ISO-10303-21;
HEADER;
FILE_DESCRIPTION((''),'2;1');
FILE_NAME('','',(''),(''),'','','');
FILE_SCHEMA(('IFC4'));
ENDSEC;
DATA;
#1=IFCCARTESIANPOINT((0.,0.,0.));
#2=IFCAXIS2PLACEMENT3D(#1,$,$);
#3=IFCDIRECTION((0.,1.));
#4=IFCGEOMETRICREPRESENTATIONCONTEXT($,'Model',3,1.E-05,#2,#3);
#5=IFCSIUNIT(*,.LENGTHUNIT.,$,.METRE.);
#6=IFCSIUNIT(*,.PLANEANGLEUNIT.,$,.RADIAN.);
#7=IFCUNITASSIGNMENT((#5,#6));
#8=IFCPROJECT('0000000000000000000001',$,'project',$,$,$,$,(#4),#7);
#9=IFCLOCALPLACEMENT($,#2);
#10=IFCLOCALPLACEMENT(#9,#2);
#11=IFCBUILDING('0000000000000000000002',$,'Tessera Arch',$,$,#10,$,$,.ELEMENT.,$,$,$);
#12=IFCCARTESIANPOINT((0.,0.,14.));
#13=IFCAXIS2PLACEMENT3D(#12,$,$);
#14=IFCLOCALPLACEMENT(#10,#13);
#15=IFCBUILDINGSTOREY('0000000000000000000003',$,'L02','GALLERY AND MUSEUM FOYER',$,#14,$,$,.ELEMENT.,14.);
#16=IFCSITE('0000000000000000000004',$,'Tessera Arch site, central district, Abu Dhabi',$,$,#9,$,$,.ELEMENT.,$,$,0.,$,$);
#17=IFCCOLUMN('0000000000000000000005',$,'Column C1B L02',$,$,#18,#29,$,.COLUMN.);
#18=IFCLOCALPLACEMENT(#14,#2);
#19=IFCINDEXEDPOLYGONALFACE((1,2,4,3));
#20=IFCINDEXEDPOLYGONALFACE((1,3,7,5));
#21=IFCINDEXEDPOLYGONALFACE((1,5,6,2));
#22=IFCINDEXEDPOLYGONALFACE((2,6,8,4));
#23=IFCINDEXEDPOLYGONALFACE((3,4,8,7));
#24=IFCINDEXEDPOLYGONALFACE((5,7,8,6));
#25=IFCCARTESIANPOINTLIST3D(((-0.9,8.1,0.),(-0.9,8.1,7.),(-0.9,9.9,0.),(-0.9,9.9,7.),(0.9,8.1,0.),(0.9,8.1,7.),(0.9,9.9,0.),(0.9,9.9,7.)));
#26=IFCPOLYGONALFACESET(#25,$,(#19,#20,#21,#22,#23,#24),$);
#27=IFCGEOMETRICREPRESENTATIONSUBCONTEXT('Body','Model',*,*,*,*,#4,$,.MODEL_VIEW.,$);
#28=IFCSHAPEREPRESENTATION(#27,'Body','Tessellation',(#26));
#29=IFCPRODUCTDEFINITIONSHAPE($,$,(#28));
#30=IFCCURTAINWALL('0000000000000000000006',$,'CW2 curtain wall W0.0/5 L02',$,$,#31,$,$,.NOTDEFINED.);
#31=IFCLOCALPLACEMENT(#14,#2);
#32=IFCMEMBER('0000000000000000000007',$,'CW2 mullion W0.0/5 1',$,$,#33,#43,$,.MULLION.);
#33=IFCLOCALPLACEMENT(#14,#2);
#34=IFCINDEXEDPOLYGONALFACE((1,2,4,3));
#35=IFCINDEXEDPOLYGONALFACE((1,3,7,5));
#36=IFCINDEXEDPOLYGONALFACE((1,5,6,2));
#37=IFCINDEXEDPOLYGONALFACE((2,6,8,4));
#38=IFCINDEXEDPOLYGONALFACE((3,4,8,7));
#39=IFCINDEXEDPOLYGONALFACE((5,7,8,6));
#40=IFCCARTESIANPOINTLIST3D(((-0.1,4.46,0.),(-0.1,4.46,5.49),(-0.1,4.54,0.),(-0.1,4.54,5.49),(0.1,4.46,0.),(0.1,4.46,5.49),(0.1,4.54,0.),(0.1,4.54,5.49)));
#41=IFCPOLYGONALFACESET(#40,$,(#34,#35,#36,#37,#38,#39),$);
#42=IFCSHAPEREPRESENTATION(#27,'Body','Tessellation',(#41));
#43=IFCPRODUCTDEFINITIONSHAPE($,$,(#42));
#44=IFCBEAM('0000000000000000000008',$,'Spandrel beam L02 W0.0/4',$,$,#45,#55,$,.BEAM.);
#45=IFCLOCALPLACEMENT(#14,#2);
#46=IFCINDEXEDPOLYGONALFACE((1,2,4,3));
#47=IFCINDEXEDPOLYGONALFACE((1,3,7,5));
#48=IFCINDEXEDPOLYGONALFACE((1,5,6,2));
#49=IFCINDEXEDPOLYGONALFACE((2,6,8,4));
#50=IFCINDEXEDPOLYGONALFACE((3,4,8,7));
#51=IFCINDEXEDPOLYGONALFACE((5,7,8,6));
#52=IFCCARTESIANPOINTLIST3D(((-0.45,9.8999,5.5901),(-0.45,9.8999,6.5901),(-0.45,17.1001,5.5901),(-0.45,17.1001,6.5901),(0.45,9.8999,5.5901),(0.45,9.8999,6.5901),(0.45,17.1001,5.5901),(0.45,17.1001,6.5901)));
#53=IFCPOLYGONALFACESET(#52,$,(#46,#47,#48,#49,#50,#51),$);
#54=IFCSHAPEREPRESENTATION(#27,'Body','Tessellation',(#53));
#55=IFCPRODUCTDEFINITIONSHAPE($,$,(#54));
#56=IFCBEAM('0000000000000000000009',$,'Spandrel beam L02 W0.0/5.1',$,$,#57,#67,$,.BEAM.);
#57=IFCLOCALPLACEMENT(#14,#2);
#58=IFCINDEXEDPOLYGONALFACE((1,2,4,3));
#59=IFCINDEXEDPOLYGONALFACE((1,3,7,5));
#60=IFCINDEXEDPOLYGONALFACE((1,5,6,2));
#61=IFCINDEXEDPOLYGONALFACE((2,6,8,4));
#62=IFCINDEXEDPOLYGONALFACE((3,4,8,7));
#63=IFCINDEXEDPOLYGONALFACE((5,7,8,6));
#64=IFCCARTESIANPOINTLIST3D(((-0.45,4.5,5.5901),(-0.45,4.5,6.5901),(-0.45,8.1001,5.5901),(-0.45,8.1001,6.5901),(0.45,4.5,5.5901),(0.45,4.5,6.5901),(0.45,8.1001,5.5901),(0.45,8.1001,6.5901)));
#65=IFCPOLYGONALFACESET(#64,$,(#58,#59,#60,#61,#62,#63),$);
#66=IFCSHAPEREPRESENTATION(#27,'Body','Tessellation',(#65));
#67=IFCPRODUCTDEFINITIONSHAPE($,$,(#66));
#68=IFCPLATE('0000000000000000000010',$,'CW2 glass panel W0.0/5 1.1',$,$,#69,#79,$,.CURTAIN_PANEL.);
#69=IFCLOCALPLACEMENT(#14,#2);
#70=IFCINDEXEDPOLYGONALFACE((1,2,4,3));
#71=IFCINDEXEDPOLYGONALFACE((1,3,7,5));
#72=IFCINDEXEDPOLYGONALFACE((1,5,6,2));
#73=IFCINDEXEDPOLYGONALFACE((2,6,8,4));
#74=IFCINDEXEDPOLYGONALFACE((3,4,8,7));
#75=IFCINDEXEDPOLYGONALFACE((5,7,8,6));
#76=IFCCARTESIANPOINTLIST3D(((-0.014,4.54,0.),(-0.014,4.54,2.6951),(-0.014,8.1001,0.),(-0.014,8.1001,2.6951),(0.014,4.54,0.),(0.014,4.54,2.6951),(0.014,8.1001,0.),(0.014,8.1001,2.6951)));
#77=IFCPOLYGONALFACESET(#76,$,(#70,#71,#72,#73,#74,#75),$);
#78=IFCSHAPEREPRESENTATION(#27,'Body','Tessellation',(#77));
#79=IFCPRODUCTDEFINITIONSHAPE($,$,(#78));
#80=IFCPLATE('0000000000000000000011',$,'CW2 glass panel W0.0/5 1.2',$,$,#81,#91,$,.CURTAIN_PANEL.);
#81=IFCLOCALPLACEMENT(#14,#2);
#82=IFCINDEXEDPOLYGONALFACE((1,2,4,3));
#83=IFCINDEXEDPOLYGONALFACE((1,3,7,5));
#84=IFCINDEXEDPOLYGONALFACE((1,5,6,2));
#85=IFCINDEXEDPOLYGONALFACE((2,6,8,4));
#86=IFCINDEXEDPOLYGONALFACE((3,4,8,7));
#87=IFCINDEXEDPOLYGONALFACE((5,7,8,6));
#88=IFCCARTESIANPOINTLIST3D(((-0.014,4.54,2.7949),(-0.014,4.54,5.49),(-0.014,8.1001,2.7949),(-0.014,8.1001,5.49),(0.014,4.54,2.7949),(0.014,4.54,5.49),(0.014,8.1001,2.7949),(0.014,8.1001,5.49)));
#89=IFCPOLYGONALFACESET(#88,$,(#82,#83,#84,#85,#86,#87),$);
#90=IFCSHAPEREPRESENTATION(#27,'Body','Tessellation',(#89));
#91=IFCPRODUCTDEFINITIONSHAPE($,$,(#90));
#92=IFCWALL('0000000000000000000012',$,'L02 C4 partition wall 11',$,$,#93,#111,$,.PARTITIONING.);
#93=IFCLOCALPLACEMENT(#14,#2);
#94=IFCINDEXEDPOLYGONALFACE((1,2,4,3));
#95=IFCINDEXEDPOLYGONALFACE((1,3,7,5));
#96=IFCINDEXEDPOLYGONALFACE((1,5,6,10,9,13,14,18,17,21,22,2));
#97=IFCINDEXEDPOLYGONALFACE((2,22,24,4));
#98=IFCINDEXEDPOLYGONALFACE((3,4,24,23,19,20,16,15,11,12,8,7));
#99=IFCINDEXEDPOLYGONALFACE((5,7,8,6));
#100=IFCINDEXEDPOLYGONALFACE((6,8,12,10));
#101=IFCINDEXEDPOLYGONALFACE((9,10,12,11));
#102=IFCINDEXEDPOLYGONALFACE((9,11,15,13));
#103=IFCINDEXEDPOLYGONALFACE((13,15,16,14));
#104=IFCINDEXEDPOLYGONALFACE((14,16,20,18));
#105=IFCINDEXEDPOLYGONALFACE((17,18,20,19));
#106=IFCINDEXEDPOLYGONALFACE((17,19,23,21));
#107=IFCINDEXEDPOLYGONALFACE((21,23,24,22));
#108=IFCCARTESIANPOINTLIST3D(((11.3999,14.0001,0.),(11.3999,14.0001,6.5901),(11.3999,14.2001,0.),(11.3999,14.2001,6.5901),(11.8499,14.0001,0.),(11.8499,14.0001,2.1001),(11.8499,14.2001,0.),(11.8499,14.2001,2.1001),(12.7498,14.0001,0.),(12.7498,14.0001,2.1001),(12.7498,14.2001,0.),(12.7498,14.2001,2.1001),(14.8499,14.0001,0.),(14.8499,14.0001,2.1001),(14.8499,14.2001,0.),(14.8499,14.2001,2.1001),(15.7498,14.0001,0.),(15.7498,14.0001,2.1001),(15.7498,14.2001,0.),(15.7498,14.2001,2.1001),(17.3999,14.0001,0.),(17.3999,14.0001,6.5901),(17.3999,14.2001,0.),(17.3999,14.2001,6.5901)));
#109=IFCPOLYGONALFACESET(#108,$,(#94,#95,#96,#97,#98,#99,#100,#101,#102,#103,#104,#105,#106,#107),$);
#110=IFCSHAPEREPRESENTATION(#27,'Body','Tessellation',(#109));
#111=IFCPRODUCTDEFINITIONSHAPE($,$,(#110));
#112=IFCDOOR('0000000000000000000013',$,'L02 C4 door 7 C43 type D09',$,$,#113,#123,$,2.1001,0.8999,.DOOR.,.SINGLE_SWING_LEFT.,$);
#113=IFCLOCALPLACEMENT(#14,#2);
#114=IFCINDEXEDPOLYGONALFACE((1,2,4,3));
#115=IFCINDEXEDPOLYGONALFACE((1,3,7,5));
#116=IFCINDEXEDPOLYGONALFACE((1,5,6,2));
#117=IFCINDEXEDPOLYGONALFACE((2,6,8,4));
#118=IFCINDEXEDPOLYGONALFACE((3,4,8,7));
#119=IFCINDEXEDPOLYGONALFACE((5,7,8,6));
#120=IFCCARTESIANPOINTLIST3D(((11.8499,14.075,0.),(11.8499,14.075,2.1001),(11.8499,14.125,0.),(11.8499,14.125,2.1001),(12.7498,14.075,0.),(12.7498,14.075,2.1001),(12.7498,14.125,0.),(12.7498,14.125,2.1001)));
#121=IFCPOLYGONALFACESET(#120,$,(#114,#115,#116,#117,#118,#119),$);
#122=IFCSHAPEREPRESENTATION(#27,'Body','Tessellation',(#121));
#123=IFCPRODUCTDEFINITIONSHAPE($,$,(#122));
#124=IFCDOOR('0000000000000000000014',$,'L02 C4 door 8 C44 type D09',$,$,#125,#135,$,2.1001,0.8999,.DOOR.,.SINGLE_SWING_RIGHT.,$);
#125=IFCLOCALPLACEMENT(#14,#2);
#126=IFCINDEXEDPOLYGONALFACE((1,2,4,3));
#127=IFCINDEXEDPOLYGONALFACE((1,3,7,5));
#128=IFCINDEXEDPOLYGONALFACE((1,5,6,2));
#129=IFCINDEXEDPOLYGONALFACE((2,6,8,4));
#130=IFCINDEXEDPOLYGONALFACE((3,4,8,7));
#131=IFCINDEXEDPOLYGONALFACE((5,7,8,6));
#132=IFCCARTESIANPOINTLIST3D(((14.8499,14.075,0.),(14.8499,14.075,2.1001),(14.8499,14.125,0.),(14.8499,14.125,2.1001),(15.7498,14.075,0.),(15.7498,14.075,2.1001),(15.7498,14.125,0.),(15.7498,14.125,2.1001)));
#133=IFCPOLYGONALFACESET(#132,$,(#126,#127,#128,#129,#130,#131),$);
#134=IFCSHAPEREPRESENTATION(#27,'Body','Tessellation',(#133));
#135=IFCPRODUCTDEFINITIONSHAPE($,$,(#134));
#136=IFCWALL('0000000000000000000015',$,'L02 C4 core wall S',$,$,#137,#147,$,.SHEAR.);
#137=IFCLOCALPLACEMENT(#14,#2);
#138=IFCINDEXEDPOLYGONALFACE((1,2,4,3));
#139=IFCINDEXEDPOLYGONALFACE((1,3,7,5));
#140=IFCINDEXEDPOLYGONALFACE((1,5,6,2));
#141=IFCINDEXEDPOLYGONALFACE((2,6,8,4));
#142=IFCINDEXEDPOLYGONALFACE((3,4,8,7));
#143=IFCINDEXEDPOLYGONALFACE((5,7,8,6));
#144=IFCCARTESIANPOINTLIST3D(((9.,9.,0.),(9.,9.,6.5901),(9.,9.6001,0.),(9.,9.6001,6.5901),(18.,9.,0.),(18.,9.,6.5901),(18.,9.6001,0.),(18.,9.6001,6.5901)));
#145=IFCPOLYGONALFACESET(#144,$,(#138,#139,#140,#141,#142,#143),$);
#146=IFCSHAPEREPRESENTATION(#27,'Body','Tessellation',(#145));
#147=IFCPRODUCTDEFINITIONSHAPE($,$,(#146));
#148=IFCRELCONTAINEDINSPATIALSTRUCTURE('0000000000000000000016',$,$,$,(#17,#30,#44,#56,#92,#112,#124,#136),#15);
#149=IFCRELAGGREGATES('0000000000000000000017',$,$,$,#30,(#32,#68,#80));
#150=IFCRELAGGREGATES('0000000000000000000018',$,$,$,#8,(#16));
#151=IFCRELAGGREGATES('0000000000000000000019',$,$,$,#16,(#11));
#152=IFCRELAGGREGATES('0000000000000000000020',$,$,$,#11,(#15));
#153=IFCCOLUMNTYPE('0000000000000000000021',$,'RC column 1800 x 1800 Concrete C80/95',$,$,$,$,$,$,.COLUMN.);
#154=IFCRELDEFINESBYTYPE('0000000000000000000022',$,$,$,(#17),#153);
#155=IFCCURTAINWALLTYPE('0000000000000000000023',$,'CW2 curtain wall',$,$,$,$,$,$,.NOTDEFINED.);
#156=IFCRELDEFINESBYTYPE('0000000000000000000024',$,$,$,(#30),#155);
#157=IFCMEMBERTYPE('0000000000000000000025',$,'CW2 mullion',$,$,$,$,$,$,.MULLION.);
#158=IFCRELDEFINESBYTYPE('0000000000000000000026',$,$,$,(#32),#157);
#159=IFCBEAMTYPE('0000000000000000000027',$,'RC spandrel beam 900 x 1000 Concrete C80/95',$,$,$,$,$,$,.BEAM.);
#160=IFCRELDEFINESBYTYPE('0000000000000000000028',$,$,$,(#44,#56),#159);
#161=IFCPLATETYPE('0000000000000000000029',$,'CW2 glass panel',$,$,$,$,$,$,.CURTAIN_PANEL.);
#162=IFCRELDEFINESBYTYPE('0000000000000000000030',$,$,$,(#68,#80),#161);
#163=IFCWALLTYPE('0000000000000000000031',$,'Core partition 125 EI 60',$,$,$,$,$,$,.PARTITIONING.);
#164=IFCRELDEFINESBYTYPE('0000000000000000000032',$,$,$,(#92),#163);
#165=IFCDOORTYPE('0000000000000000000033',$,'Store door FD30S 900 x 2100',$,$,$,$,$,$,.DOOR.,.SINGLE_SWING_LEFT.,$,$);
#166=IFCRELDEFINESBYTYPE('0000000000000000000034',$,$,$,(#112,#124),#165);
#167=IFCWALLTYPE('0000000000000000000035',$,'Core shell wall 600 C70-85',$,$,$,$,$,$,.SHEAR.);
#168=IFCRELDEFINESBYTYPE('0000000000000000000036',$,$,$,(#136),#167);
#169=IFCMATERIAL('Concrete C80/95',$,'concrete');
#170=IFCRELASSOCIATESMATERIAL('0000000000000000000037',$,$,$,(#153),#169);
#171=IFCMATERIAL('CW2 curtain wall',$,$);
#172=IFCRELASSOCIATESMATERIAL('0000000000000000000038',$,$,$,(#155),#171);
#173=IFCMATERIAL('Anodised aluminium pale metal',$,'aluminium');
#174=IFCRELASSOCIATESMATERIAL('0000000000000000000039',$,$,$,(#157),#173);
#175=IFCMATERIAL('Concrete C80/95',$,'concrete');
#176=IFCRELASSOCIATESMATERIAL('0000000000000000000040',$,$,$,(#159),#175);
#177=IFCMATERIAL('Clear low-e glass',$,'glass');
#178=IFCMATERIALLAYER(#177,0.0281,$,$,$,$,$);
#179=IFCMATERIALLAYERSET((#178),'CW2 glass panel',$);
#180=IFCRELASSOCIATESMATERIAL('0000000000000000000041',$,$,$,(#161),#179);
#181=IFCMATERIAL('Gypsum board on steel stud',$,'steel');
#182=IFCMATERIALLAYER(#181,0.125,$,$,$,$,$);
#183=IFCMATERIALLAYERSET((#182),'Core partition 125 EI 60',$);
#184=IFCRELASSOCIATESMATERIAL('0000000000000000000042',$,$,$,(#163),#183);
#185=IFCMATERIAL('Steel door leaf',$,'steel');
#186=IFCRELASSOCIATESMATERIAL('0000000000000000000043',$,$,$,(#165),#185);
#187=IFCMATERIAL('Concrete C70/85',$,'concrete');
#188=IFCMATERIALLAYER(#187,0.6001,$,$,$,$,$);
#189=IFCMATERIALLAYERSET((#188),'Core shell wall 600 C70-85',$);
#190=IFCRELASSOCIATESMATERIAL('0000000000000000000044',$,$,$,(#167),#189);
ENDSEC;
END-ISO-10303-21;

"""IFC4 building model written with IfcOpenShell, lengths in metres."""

from ifc_helpers import new_model, si_unit, direction, frame, frame_2d, origin, origin_2d, place, context, subcontext, project, spatial, rectangle, extrude, material, layer, layer_set, material_profile, profile_set, type_object, element, fill, aggregate, save


model = new_model("IFC4")

# Units and contexts
model_context = context("Model", 3, precision=1e-05, world=origin(), true_north=direction((0.0, 1.0)))
body_context = subcontext(model_context, "Body", "Model", "MODEL_VIEW")
ifc_project = project(units=[si_unit("LENGTHUNIT", "METRE"), si_unit("PLANEANGLEUNIT", "RADIAN")], contexts=[model_context])

# Site, building, storey
site_placement = place(None, origin())
site = spatial("IfcSite", under=ifc_project, at=site_placement, Name="Tessera Arch site, central district, Abu Dhabi", CompositionType="ELEMENT", RefElevation=0.0)
building_placement = place(site_placement, origin())
building = spatial("IfcBuilding", under=site, at=building_placement, Name="Tessera Arch", CompositionType="ELEMENT")
storey_placement = place(building_placement, frame((0.0, 0.0, 14.0)))
storey = spatial("IfcBuildingStorey", under=building, at=storey_placement, Name="L02", Description="GALLERY AND MUSEUM FOYER", CompositionType="ELEMENT", Elevation=14.0)

# Column
ifc_material_1 = material(Name="Concrete C80/95", Category="concrete")
ifc_material_profile_1 = material_profile(ifc_material_1, rectangle(XDim=1.8, YDim=1.8, at=origin_2d()), Name="RC column 1800 x 1800 Concrete C80/95")
ifc_profile_set_1 = profile_set([ifc_material_profile_1], Name="Concrete C80/95")
column_type = type_object("IfcColumnType", Name="RC column 1800 x 1800 Concrete C80/95", PredefinedType="COLUMN", material=ifc_profile_set_1)
column_placement = place(storey_placement, frame((0.0, 9.0, 0.0), z_axis=(0.0, 0.0, 1.0), x_axis=(1.0, 0.0, 0.0)))
element("IfcColumn", 1, at=column_placement, inside=storey, type_object=column_type, Name="Column C1B L02", PredefinedType="COLUMN", context=body_context, shape_type="SweptSolid", body=[
    extrude(rectangle(XDim=1.8, YDim=1.8, at=origin_2d()), origin(), (0.0, 0.0, 1.0), 7.0),
])

# Curtain wall, member
ifc_material_2 = material(Name="CW2 curtain wall")
curtain_wall_type = type_object("IfcCurtainWallType", Name="CW2 curtain wall", PredefinedType="NOTDEFINED", material=ifc_material_2)
curtain_wall_placement = place(storey_placement, origin())
curtain_wall = element("IfcCurtainWall", 2, at=curtain_wall_placement, inside=storey, type_object=curtain_wall_type, Name="CW2 curtain wall W0.0/5 L02", PredefinedType="NOTDEFINED")
ifc_material_3 = material(Name="Anodised aluminium pale metal", Category="aluminium")
ifc_material_profile_2 = material_profile(ifc_material_3, rectangle(XDim=0.2, YDim=0.0801, at=origin_2d()), Name="AL 80x200")
ifc_profile_set_2 = profile_set([ifc_material_profile_2], Name="Anodised aluminium pale metal")
member_type = type_object("IfcMemberType", Name="CW2 mullion", PredefinedType="MULLION", material=ifc_profile_set_2)
member_placement = place(storey_placement, frame((0.0, 4.5, 0.0), z_axis=(0.0, 0.0, 1.0), x_axis=(1.0, 0.0, 0.0)))
member = element("IfcMember", 3, at=member_placement, type_object=member_type, Name="CW2 mullion W0.0/5 1", PredefinedType="MULLION", context=body_context, shape_type="SweptSolid", body=[
    extrude(rectangle(XDim=0.2, YDim=0.0801, at=origin_2d()), origin(), (0.0, 0.0, 1.0), 5.49),
])

# Beams
ifc_material_4 = material(Name="Concrete C80/95", Category="concrete")
ifc_material_profile_3 = material_profile(ifc_material_4, rectangle(XDim=0.8999, YDim=1.0, at=origin_2d()), Name="RC spandrel beam 900 x 1000 Concrete C80/95")
ifc_profile_set_3 = profile_set([ifc_material_profile_3], Name="Concrete C80/95")
beam_type = type_object("IfcBeamType", Name="RC spandrel beam 900 x 1000 Concrete C80/95", PredefinedType="BEAM", material=ifc_profile_set_3)
beam_1_placement = place(storey_placement, frame((0.0, 17.1001, 6.0901), z_axis=(0.0, -1.0, 0.0), x_axis=(1.0, 0.0, 0.0)))
element("IfcBeam", 4, at=beam_1_placement, inside=storey, type_object=beam_type, Name="Spandrel beam L02 W0.0/4", PredefinedType="BEAM", context=body_context, shape_type="SweptSolid", body=[
    extrude(rectangle(XDim=0.8999, YDim=1.0, at=origin_2d()), origin(), (0.0, 0.0, 1.0), 7.2002),
])
beam_2_placement = place(storey_placement, frame((0.0, 8.1001, 6.0901), z_axis=(0.0, -1.0, 0.0), x_axis=(1.0, 0.0, 0.0)))
element("IfcBeam", 5, at=beam_2_placement, inside=storey, type_object=beam_type, Name="Spandrel beam L02 W0.0/5.1", PredefinedType="BEAM", context=body_context, shape_type="SweptSolid", body=[
    extrude(rectangle(XDim=0.8999, YDim=1.0, at=origin_2d()), origin(), (0.0, 0.0, 1.0), 3.6001),
])

# Plates
ifc_material_5 = material(Name="Clear low-e glass", Category="glass")
ifc_layer_1 = layer(ifc_material_5, 0.0281)
ifc_layer_set_1 = layer_set([ifc_layer_1], Name="CW2 glass panel")
plate_type = type_object("IfcPlateType", Name="CW2 glass panel", PredefinedType="CURTAIN_PANEL", material=ifc_layer_set_1)
plate_1_placement = place(storey_placement, frame((0.0, 6.3201, 0.0), z_axis=(0.0, 0.0, 1.0), x_axis=(0.0, -1.0, 0.0)))
plate_1 = element("IfcPlate", 6, at=plate_1_placement, type_object=plate_type, Name="CW2 glass panel W0.0/5 1.1", PredefinedType="CURTAIN_PANEL", context=body_context, shape_type="SweptSolid", body=[
    extrude(rectangle(XDim=3.5601, YDim=0.0281, at=origin_2d()), origin(), (0.0, 0.0, 1.0), 2.6951),
])
plate_2_placement = place(storey_placement, frame((0.0, 6.3201, 2.7949), z_axis=(0.0, 0.0, 1.0), x_axis=(0.0, -1.0, 0.0)))
plate_2 = element("IfcPlate", 7, at=plate_2_placement, type_object=plate_type, Name="CW2 glass panel W0.0/5 1.2", PredefinedType="CURTAIN_PANEL", context=body_context, shape_type="SweptSolid", body=[
    extrude(rectangle(XDim=3.5601, YDim=0.0281, at=origin_2d()), origin(), (0.0, 0.0, 1.0), 2.6951),
])
aggregate(curtain_wall, [member, plate_1, plate_2])

# Wall, openings, doors
ifc_material_6 = material(Name="Gypsum board on steel stud", Category="steel")
ifc_layer_2 = layer(ifc_material_6, 0.125)
ifc_layer_set_2 = layer_set([ifc_layer_2], Name="Core partition 125 EI 60")
wall_type_1 = type_object("IfcWallType", Name="Core partition 125 EI 60", PredefinedType="PARTITIONING", material=ifc_layer_set_2)
wall_1_placement = place(storey_placement, frame((11.3999, 14.1001, 0.0), z_axis=(0.0, 0.0, 1.0), x_axis=(1.0, 0.0, 0.0)))
wall_1 = element("IfcWall", 8, at=wall_1_placement, inside=storey, type_object=wall_type_1, Name="L02 C4 partition wall 11", PredefinedType="PARTITIONING", context=body_context, shape_type="SweptSolid", body=[
    extrude(rectangle(XDim=6.0, YDim=0.2, at=frame_2d((3.0, 0.0))), origin(), (0.0, 0.0, 1.0), 6.5901),
])
opening_1_placement = place(wall_1_placement, frame((0.45, 0.0, 0.0)))
opening_1 = element("IfcOpeningElement", 9, at=opening_1_placement, cuts=wall_1, PredefinedType="OPENING", context=body_context, shape_type="SweptSolid", body=[
    extrude(rectangle(XDim=0.8999, YDim=2.1001, at=frame_2d((0.45, 1.05))), frame((0.0, 0.1099, 0.0), z_axis=(0.0, -1.0, 0.0), x_axis=(1.0, 0.0, 0.0)), (0.0, 0.0, 1.0), 0.22),
])
opening_2_placement = place(wall_1_placement, frame((3.45, 0.0, 0.0)))
opening_2 = element("IfcOpeningElement", 10, at=opening_2_placement, cuts=wall_1, PredefinedType="OPENING", context=body_context, shape_type="SweptSolid", body=[
    extrude(rectangle(XDim=0.8999, YDim=2.1001, at=frame_2d((0.45, 1.05))), frame((0.0, 0.1099, 0.0), z_axis=(0.0, -1.0, 0.0), x_axis=(1.0, 0.0, 0.0)), (0.0, 0.0, 1.0), 0.22),
])
ifc_material_7 = material(Name="Steel door leaf", Category="steel")
door_type_1 = type_object("IfcDoorType", Name="Store door FD30S 900 x 2100", OperationType="SINGLE_SWING_LEFT", PredefinedType="DOOR", material=ifc_material_7)
door_1_placement = place(opening_1_placement, origin())
door_1 = element("IfcDoor", 11, at=door_1_placement, inside=storey, type_object=door_type_1, Name="L02 C4 door 7 C43 type D09", OperationType="SINGLE_SWING_LEFT", OverallHeight=2.1001, OverallWidth=0.8999, PredefinedType="DOOR", context=body_context, shape_type="SweptSolid", body=[
    extrude(rectangle(XDim=0.8999, YDim=2.1001, at=frame_2d((0.45, 1.05))), frame((0.0, 0.0249, 0.0), z_axis=(0.0, -1.0, 0.0), x_axis=(1.0, 0.0, 0.0)), (0.0, 0.0, 1.0), 0.05),
])
fill(opening_1, door_1)
door_2_placement = place(opening_2_placement, origin())
door_2 = element("IfcDoor", 12, at=door_2_placement, inside=storey, type_object=door_type_1, Name="L02 C4 door 8 C44 type D09", OperationType="SINGLE_SWING_RIGHT", OverallHeight=2.1001, OverallWidth=0.8999, PredefinedType="DOOR", context=body_context, shape_type="SweptSolid", body=[
    extrude(rectangle(XDim=0.8999, YDim=2.1001, at=frame_2d((0.45, 1.05))), frame((0.0, 0.0249, 0.0), z_axis=(0.0, -1.0, 0.0), x_axis=(1.0, 0.0, 0.0)), (0.0, 0.0, 1.0), 0.05),
])
fill(opening_2, door_2)

# Wall
ifc_material_8 = material(Name="Concrete C70/85", Category="concrete")
ifc_layer_3 = layer(ifc_material_8, 0.6001)
ifc_layer_set_3 = layer_set([ifc_layer_3], Name="Core shell wall 600 C70-85")
wall_type_2 = type_object("IfcWallType", Name="Core shell wall 600 C70-85", PredefinedType="SHEAR", material=ifc_layer_set_3)
wall_2_placement = place(storey_placement, frame((9.0, 9.3, 0.0), z_axis=(0.0, 0.0, 1.0), x_axis=(1.0, 0.0, 0.0)))
element("IfcWall", 13, at=wall_2_placement, inside=storey, type_object=wall_type_2, Name="L02 C4 core wall S", PredefinedType="SHEAR", context=body_context, shape_type="SweptSolid", body=[
    extrude(rectangle(XDim=9.0, YDim=0.6001, at=frame_2d((4.5, 0.0))), origin(), (0.0, 0.0, 1.0), 6.5901),
])

save(model, "model.ifc")
